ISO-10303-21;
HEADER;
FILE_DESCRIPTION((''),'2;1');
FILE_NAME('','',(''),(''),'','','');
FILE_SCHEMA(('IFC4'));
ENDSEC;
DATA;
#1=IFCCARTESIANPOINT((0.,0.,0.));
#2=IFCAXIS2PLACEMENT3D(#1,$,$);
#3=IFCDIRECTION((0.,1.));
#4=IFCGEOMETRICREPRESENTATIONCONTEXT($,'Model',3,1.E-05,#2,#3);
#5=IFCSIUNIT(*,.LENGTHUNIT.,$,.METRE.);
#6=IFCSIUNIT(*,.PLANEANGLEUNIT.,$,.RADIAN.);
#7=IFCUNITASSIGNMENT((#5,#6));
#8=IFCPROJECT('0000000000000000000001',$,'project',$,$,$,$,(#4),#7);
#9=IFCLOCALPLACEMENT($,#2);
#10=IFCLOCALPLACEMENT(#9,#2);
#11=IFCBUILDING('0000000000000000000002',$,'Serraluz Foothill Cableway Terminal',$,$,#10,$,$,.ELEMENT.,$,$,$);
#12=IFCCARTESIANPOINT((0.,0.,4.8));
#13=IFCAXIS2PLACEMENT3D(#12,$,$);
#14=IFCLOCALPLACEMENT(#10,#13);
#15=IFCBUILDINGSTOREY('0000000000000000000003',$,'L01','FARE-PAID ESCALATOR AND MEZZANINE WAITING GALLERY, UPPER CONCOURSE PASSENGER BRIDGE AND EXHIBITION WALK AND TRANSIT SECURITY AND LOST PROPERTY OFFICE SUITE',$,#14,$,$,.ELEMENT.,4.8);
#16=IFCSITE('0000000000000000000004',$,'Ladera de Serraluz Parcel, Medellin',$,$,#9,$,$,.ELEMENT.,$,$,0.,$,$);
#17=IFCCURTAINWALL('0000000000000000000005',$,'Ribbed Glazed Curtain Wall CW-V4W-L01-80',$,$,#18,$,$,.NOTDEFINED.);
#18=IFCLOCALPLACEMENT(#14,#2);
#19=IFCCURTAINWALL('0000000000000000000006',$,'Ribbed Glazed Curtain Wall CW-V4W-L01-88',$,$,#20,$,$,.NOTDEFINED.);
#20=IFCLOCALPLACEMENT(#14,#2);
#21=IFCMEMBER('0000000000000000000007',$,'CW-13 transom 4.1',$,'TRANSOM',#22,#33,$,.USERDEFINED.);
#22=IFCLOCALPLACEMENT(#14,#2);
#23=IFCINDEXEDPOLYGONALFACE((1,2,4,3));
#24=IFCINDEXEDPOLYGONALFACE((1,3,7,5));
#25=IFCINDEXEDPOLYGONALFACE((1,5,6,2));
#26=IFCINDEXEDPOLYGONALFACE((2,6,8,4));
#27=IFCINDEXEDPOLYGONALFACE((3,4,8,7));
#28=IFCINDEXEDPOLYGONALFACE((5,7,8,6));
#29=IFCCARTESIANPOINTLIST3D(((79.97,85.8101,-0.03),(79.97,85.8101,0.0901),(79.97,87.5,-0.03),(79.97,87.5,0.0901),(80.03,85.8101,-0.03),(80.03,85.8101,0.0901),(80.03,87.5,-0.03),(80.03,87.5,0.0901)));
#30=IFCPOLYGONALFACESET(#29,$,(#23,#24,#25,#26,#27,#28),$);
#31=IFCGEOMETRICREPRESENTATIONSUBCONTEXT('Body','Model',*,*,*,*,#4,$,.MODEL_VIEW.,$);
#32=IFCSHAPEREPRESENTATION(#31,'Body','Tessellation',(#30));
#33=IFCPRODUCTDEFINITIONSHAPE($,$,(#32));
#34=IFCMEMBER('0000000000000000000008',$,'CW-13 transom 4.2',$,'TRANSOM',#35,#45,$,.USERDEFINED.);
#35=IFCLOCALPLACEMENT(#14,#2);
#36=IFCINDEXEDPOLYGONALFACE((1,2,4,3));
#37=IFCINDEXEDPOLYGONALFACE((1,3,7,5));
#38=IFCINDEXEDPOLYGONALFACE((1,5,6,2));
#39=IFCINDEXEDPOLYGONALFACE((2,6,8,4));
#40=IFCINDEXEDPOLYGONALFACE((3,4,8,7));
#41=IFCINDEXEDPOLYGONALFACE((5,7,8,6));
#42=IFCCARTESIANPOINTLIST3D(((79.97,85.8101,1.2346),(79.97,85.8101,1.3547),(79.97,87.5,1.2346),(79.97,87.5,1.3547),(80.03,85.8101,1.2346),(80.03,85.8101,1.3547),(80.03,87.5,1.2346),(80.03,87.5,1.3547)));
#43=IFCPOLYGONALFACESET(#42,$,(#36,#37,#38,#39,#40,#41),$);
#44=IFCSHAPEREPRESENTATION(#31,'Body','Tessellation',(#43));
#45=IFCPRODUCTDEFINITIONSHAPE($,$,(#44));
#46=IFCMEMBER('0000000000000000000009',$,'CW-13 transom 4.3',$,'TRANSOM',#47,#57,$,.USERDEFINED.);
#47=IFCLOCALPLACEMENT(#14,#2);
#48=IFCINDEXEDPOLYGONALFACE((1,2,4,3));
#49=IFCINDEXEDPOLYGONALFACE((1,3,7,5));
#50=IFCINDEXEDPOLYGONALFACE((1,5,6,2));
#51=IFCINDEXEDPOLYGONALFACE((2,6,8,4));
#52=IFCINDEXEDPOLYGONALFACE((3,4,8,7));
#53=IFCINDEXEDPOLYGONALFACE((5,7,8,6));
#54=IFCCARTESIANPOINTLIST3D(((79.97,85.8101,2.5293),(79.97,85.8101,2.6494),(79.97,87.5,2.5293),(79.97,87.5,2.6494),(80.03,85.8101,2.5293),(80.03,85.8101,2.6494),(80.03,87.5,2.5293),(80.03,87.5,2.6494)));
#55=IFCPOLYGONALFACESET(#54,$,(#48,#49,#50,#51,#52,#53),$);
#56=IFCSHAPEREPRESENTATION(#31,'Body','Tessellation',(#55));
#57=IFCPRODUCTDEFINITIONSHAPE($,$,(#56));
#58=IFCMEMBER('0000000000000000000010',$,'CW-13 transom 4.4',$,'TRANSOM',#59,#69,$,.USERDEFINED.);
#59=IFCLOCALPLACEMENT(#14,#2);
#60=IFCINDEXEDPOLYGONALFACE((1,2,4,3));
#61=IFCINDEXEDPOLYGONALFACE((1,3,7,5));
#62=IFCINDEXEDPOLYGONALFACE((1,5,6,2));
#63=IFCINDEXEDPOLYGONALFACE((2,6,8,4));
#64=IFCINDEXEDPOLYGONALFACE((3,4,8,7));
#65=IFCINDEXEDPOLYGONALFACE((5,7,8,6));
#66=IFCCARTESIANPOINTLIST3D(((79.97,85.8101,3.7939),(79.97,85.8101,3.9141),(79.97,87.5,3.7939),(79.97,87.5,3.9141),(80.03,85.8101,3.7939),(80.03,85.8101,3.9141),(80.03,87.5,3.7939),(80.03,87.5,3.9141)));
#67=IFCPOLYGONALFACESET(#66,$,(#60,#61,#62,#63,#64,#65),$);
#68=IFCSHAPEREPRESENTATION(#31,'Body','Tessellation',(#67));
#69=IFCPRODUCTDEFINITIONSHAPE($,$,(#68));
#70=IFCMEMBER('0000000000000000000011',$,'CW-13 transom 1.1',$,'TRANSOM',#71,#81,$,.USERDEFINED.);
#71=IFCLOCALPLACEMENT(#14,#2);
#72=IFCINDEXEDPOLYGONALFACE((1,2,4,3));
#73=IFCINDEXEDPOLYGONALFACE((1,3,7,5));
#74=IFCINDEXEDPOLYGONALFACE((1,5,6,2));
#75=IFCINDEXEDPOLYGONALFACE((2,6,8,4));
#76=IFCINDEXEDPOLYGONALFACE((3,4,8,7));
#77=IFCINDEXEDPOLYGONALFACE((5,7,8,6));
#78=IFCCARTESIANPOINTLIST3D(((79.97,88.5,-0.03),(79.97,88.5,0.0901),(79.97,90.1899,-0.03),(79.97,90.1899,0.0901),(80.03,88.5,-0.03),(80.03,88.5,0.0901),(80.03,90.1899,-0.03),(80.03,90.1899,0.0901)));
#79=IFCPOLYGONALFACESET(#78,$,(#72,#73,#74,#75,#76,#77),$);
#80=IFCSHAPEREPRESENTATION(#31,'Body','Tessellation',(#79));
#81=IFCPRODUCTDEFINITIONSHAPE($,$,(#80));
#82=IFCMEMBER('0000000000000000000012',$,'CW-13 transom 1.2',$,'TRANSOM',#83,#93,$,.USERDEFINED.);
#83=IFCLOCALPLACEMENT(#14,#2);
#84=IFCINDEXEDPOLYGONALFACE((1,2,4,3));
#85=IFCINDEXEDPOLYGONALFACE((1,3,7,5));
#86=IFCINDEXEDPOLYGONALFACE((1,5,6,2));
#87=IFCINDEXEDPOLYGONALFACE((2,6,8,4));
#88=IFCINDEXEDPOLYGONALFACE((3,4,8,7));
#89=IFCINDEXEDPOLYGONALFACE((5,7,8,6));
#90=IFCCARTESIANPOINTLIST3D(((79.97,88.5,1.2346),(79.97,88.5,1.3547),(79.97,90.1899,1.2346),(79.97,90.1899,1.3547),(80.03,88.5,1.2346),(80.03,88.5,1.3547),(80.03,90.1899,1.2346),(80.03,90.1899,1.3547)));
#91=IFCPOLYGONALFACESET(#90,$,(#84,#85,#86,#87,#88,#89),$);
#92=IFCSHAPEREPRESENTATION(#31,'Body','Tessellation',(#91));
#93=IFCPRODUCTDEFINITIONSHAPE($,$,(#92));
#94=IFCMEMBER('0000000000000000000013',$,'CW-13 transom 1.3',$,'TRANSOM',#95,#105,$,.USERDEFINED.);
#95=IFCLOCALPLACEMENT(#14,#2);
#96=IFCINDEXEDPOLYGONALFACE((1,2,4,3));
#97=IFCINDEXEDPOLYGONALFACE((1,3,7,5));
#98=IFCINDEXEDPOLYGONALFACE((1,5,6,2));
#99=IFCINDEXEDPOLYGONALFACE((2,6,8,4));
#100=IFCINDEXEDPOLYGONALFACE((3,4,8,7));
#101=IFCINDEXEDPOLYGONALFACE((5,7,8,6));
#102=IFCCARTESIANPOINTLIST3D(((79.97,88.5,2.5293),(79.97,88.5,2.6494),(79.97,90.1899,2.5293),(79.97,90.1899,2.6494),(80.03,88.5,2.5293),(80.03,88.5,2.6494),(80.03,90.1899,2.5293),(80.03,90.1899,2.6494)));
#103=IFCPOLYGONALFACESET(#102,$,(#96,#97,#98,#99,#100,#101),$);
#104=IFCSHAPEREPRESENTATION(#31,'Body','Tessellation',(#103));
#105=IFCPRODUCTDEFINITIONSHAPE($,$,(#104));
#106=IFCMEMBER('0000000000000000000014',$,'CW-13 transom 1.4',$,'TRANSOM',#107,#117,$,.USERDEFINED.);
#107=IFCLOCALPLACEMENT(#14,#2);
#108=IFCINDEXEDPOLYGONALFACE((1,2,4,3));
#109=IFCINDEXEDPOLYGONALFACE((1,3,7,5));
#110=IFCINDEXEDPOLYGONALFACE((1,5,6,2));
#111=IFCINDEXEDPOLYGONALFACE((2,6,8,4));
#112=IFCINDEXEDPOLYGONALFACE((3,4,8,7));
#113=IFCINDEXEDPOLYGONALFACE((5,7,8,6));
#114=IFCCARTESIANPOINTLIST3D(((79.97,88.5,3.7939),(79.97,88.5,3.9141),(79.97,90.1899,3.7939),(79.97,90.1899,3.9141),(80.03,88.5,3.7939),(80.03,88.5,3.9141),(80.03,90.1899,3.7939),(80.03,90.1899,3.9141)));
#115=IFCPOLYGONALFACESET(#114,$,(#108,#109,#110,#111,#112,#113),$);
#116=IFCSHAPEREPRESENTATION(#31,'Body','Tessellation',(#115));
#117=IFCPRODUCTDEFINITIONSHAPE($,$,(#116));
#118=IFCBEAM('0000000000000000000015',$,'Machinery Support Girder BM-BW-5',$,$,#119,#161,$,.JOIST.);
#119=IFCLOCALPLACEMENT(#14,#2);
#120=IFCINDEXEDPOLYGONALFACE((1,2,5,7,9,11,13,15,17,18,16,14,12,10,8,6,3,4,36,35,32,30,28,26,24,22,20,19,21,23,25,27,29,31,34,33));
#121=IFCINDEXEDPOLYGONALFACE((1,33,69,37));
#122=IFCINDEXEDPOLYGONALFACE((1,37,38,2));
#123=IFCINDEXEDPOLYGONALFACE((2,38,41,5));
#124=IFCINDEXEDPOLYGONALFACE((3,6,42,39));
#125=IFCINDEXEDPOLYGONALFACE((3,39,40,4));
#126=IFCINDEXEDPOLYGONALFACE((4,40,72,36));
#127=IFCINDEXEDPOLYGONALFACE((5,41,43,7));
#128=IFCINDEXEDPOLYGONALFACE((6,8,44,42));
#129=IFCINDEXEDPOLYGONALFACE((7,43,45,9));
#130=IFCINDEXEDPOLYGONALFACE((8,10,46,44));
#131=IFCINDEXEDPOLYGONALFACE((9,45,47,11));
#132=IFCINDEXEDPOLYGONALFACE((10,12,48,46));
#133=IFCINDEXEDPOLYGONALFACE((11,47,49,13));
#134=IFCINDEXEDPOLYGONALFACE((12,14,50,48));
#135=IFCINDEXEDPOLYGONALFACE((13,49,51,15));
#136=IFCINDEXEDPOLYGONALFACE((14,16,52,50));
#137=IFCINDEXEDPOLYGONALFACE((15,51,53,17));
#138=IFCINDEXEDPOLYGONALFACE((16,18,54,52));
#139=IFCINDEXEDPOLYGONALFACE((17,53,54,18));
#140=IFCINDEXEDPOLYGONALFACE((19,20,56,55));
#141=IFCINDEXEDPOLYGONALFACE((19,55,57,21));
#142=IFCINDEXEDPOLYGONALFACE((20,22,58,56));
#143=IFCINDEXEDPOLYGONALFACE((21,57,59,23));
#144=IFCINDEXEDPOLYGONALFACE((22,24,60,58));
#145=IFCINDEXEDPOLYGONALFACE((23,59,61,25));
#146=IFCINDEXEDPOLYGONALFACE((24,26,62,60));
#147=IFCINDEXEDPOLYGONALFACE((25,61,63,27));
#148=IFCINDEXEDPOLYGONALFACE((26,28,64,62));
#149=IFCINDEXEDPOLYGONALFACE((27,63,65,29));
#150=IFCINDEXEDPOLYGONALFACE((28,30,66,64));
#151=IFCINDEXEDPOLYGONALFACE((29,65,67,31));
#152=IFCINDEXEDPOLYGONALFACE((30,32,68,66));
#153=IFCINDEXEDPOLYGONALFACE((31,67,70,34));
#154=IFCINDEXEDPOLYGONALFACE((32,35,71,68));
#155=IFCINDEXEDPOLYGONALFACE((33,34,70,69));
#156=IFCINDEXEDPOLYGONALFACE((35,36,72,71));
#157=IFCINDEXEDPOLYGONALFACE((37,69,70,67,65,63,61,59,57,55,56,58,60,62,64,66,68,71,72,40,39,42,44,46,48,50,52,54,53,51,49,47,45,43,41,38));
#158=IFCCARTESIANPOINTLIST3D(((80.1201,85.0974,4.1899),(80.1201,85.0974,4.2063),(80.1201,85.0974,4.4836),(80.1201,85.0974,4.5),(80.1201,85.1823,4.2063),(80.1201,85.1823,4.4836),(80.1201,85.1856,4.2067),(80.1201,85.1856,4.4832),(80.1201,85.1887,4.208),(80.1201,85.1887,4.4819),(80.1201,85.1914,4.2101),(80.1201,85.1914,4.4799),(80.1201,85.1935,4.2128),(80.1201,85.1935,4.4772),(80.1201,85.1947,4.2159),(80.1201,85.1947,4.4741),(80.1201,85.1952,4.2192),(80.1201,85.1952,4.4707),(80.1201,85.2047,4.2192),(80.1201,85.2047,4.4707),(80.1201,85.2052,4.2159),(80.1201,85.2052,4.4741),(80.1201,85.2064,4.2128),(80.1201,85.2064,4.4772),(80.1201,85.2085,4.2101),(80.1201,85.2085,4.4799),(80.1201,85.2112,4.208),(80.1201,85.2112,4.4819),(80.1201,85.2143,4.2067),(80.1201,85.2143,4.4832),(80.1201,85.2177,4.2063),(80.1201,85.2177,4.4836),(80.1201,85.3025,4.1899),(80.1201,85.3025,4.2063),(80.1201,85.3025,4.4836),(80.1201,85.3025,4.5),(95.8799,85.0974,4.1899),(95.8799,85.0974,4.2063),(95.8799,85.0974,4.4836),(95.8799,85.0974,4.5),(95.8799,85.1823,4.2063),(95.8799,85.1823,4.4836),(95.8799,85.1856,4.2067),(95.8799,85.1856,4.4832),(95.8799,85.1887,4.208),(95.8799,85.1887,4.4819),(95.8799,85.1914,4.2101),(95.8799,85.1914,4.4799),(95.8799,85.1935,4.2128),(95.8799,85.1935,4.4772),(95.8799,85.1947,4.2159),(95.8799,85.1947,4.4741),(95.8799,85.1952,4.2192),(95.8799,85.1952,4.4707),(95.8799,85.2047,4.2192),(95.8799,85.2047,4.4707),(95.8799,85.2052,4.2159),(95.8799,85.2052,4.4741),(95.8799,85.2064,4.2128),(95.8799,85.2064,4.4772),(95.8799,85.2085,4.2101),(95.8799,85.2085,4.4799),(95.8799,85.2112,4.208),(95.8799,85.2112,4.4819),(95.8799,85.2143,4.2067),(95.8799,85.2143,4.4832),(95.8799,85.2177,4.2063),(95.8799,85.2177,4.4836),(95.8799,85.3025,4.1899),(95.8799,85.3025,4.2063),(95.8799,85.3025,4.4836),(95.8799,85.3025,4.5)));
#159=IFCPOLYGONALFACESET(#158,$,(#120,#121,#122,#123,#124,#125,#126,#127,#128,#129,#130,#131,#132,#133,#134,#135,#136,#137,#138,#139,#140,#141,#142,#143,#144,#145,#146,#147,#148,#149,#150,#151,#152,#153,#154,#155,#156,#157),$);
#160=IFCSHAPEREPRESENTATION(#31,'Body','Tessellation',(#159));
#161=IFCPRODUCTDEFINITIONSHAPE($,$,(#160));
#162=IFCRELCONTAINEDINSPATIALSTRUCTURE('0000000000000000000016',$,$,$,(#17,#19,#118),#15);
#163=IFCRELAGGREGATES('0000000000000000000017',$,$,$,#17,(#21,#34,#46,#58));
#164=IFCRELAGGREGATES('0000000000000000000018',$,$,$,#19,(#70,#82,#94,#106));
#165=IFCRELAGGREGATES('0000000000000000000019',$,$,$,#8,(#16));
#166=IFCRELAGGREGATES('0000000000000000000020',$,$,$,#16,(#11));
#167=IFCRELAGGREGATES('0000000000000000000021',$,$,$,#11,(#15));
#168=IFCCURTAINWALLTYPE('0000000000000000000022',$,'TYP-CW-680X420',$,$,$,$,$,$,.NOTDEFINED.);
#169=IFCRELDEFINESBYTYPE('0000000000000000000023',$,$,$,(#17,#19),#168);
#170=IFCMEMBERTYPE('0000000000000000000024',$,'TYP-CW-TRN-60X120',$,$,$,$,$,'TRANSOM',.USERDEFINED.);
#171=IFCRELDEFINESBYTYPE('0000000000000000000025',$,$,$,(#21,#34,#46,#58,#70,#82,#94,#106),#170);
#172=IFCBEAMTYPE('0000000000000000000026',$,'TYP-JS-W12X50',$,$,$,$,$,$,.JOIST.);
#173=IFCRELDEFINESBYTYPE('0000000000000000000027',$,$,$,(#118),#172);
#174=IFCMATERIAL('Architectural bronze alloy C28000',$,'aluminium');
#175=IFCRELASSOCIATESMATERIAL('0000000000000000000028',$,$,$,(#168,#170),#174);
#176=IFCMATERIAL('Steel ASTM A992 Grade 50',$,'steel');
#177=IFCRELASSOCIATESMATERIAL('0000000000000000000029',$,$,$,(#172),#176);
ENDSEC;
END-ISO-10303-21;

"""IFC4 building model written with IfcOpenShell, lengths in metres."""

from ifc_helpers import new_model, si_unit, direction, frame, origin, origin_2d, place, context, subcontext, project, spatial, rectangle, i_section, extrude, material, material_profile, profile_set, type_object, element, aggregate, save


model = new_model("IFC4")

# Units and contexts
model_context = context("Model", 3, precision=1e-05, world=origin(), true_north=direction((0.0, 1.0)))
body_context = subcontext(model_context, "Body", "Model", "MODEL_VIEW")
ifc_project = project(units=[si_unit("LENGTHUNIT", "METRE"), si_unit("PLANEANGLEUNIT", "RADIAN")], contexts=[model_context])

# Site, building, storey
site_placement = place(None, origin())
site = spatial("IfcSite", under=ifc_project, at=site_placement, Name="Ladera de Serraluz Parcel, Medellin", CompositionType="ELEMENT", RefElevation=0.0)
building_placement = place(site_placement, origin())
building = spatial("IfcBuilding", under=site, at=building_placement, Name="Serraluz Foothill Cableway Terminal", CompositionType="ELEMENT")
storey_placement = place(building_placement, frame((0.0, 0.0, 4.8)))
storey = spatial("IfcBuildingStorey", under=building, at=storey_placement, Name="L01", Description="FARE-PAID ESCALATOR AND MEZZANINE WAITING GALLERY, UPPER CONCOURSE PASSENGER BRIDGE AND EXHIBITION WALK AND TRANSIT SECURITY AND LOST PROPERTY OFFICE SUITE", CompositionType="ELEMENT", Elevation=4.8)

# Shared definitions
ifc_material_1 = material(Name="Steel ASTM A992 Grade 50", Category="steel")

# Curtain wall
ifc_material_2 = material(Name="Architectural bronze alloy C28000", Category="aluminium")
curtain_wall_type = type_object("IfcCurtainWallType", Name="TYP-CW-680X420", PredefinedType="NOTDEFINED", material=ifc_material_2)
curtain_wall_1_placement = place(storey_placement, origin())
curtain_wall_1 = element("IfcCurtainWall", 1, at=curtain_wall_1_placement, inside=storey, type_object=curtain_wall_type, Name="Ribbed Glazed Curtain Wall CW-V4W-L01-80", PredefinedType="NOTDEFINED")

# Curtain wall
curtain_wall_2_placement = place(storey_placement, origin())
curtain_wall_2 = element("IfcCurtainWall", 2, at=curtain_wall_2_placement, inside=storey, type_object=curtain_wall_type, Name="Ribbed Glazed Curtain Wall CW-V4W-L01-88", PredefinedType="NOTDEFINED")

# Members
ifc_material_profile_1 = material_profile(ifc_material_2, rectangle(XDim=0.0601, YDim=0.1201, at=origin_2d()), Name="ALU TRANSOM 60x120")
ifc_profile_set_1 = profile_set([ifc_material_profile_1], Name="Architectural bronze alloy C28000")
member_type_1 = type_object("IfcMemberType", Name="TYP-CW-TRN-60X120", ElementType="TRANSOM", PredefinedType="USERDEFINED", material=ifc_profile_set_1)
member_1_placement = place(storey_placement, frame((80.0, 85.8101, 0.03), z_axis=(0.0, 1.0, 0.0), x_axis=(-1.0, 0.0, 0.0)))
member_1 = element("IfcMember", 3, at=member_1_placement, type_object=member_type_1, Name="CW-13 transom 4.1", ObjectType="TRANSOM", PredefinedType="USERDEFINED", context=body_context, shape_type="SweptSolid", body=[
    extrude(rectangle(XDim=0.0601, YDim=0.1201, at=origin_2d()), origin(), (0.0, 0.0, 1.0), 1.6899),
])
member_2_placement = place(storey_placement, frame((80.0, 85.8101, 1.2947), z_axis=(0.0, 1.0, 0.0), x_axis=(-1.0, 0.0, 0.0)))
member_2 = element("IfcMember", 4, at=member_2_placement, type_object=member_type_1, Name="CW-13 transom 4.2", ObjectType="TRANSOM", PredefinedType="USERDEFINED", context=body_context, shape_type="SweptSolid", body=[
    extrude(rectangle(XDim=0.0601, YDim=0.1201, at=origin_2d()), origin(), (0.0, 0.0, 1.0), 1.6899),
])
member_3_placement = place(storey_placement, frame((80.0, 85.8101, 2.5894), z_axis=(0.0, 1.0, 0.0), x_axis=(-1.0, 0.0, 0.0)))
member_3 = element("IfcMember", 5, at=member_3_placement, type_object=member_type_1, Name="CW-13 transom 4.3", ObjectType="TRANSOM", PredefinedType="USERDEFINED", context=body_context, shape_type="SweptSolid", body=[
    extrude(rectangle(XDim=0.0601, YDim=0.1201, at=origin_2d()), origin(), (0.0, 0.0, 1.0), 1.6899),
])
member_4_placement = place(storey_placement, frame((80.0, 85.8101, 3.854), z_axis=(0.0, 1.0, 0.0), x_axis=(-1.0, 0.0, 0.0)))
member_4 = element("IfcMember", 6, at=member_4_placement, type_object=member_type_1, Name="CW-13 transom 4.4", ObjectType="TRANSOM", PredefinedType="USERDEFINED", context=body_context, shape_type="SweptSolid", body=[
    extrude(rectangle(XDim=0.0601, YDim=0.1201, at=origin_2d()), origin(), (0.0, 0.0, 1.0), 1.6899),
])
member_5_placement = place(storey_placement, frame((80.0, 88.5, 0.03), z_axis=(0.0, 1.0, 0.0), x_axis=(-1.0, 0.0, 0.0)))
member_5 = element("IfcMember", 7, at=member_5_placement, type_object=member_type_1, Name="CW-13 transom 1.1", ObjectType="TRANSOM", PredefinedType="USERDEFINED", context=body_context, shape_type="SweptSolid", body=[
    extrude(rectangle(XDim=0.0601, YDim=0.1201, at=origin_2d()), origin(), (0.0, 0.0, 1.0), 1.6899),
])
member_6_placement = place(storey_placement, frame((80.0, 88.5, 1.2947), z_axis=(0.0, 1.0, 0.0), x_axis=(-1.0, 0.0, 0.0)))
member_6 = element("IfcMember", 8, at=member_6_placement, type_object=member_type_1, Name="CW-13 transom 1.2", ObjectType="TRANSOM", PredefinedType="USERDEFINED", context=body_context, shape_type="SweptSolid", body=[
    extrude(rectangle(XDim=0.0601, YDim=0.1201, at=origin_2d()), origin(), (0.0, 0.0, 1.0), 1.6899),
])
member_7_placement = place(storey_placement, frame((80.0, 88.5, 2.5894), z_axis=(0.0, 1.0, 0.0), x_axis=(-1.0, 0.0, 0.0)))
member_7 = element("IfcMember", 9, at=member_7_placement, type_object=member_type_1, Name="CW-13 transom 1.3", ObjectType="TRANSOM", PredefinedType="USERDEFINED", context=body_context, shape_type="SweptSolid", body=[
    extrude(rectangle(XDim=0.0601, YDim=0.1201, at=origin_2d()), origin(), (0.0, 0.0, 1.0), 1.6899),
])
member_8_placement = place(storey_placement, frame((80.0, 88.5, 3.854), z_axis=(0.0, 1.0, 0.0), x_axis=(-1.0, 0.0, 0.0)))
member_8 = element("IfcMember", 10, at=member_8_placement, type_object=member_type_1, Name="CW-13 transom 1.4", ObjectType="TRANSOM", PredefinedType="USERDEFINED", context=body_context, shape_type="SweptSolid", body=[
    extrude(rectangle(XDim=0.0601, YDim=0.1201, at=origin_2d()), origin(), (0.0, 0.0, 1.0), 1.6899),
])

# Beam
ifc_material_profile_2 = material_profile(ifc_material_1, i_section(OverallWidth=0.2051, OverallDepth=0.3101, WebThickness=0.0095, FlangeThickness=0.0164, FilletRadius=0.0129, at=origin_2d()), Name="W12X50")
ifc_profile_set_2 = profile_set([ifc_material_profile_2], Name="Steel ASTM A992 Grade 50")
beam_type_1 = type_object("IfcBeamType", Name="TYP-JS-W12X50", PredefinedType="JOIST", material=ifc_profile_set_2)
beam_1_placement = place(storey_placement, frame((80.1201, 85.2, 4.345), z_axis=(1.0, 0.0, 0.0), x_axis=(0.0, 1.0, 0.0)))
element("IfcBeam", 11, at=beam_1_placement, inside=storey, type_object=beam_type_1, Name="Machinery Support Girder BM-BW-5", PredefinedType="JOIST", context=body_context, shape_type="SweptSolid", body=[
    extrude(i_section(OverallWidth=0.2051, OverallDepth=0.3101, WebThickness=0.0095, FlangeThickness=0.0164, FilletRadius=0.0129, at=origin_2d()), origin(), (0.0, 0.0, 1.0), 15.7598),
])

aggregate(curtain_wall_1, [member_1, member_2, member_3, member_4])
aggregate(curtain_wall_2, [member_5, member_6, member_7, member_8])

save(model, "model.ifc")
